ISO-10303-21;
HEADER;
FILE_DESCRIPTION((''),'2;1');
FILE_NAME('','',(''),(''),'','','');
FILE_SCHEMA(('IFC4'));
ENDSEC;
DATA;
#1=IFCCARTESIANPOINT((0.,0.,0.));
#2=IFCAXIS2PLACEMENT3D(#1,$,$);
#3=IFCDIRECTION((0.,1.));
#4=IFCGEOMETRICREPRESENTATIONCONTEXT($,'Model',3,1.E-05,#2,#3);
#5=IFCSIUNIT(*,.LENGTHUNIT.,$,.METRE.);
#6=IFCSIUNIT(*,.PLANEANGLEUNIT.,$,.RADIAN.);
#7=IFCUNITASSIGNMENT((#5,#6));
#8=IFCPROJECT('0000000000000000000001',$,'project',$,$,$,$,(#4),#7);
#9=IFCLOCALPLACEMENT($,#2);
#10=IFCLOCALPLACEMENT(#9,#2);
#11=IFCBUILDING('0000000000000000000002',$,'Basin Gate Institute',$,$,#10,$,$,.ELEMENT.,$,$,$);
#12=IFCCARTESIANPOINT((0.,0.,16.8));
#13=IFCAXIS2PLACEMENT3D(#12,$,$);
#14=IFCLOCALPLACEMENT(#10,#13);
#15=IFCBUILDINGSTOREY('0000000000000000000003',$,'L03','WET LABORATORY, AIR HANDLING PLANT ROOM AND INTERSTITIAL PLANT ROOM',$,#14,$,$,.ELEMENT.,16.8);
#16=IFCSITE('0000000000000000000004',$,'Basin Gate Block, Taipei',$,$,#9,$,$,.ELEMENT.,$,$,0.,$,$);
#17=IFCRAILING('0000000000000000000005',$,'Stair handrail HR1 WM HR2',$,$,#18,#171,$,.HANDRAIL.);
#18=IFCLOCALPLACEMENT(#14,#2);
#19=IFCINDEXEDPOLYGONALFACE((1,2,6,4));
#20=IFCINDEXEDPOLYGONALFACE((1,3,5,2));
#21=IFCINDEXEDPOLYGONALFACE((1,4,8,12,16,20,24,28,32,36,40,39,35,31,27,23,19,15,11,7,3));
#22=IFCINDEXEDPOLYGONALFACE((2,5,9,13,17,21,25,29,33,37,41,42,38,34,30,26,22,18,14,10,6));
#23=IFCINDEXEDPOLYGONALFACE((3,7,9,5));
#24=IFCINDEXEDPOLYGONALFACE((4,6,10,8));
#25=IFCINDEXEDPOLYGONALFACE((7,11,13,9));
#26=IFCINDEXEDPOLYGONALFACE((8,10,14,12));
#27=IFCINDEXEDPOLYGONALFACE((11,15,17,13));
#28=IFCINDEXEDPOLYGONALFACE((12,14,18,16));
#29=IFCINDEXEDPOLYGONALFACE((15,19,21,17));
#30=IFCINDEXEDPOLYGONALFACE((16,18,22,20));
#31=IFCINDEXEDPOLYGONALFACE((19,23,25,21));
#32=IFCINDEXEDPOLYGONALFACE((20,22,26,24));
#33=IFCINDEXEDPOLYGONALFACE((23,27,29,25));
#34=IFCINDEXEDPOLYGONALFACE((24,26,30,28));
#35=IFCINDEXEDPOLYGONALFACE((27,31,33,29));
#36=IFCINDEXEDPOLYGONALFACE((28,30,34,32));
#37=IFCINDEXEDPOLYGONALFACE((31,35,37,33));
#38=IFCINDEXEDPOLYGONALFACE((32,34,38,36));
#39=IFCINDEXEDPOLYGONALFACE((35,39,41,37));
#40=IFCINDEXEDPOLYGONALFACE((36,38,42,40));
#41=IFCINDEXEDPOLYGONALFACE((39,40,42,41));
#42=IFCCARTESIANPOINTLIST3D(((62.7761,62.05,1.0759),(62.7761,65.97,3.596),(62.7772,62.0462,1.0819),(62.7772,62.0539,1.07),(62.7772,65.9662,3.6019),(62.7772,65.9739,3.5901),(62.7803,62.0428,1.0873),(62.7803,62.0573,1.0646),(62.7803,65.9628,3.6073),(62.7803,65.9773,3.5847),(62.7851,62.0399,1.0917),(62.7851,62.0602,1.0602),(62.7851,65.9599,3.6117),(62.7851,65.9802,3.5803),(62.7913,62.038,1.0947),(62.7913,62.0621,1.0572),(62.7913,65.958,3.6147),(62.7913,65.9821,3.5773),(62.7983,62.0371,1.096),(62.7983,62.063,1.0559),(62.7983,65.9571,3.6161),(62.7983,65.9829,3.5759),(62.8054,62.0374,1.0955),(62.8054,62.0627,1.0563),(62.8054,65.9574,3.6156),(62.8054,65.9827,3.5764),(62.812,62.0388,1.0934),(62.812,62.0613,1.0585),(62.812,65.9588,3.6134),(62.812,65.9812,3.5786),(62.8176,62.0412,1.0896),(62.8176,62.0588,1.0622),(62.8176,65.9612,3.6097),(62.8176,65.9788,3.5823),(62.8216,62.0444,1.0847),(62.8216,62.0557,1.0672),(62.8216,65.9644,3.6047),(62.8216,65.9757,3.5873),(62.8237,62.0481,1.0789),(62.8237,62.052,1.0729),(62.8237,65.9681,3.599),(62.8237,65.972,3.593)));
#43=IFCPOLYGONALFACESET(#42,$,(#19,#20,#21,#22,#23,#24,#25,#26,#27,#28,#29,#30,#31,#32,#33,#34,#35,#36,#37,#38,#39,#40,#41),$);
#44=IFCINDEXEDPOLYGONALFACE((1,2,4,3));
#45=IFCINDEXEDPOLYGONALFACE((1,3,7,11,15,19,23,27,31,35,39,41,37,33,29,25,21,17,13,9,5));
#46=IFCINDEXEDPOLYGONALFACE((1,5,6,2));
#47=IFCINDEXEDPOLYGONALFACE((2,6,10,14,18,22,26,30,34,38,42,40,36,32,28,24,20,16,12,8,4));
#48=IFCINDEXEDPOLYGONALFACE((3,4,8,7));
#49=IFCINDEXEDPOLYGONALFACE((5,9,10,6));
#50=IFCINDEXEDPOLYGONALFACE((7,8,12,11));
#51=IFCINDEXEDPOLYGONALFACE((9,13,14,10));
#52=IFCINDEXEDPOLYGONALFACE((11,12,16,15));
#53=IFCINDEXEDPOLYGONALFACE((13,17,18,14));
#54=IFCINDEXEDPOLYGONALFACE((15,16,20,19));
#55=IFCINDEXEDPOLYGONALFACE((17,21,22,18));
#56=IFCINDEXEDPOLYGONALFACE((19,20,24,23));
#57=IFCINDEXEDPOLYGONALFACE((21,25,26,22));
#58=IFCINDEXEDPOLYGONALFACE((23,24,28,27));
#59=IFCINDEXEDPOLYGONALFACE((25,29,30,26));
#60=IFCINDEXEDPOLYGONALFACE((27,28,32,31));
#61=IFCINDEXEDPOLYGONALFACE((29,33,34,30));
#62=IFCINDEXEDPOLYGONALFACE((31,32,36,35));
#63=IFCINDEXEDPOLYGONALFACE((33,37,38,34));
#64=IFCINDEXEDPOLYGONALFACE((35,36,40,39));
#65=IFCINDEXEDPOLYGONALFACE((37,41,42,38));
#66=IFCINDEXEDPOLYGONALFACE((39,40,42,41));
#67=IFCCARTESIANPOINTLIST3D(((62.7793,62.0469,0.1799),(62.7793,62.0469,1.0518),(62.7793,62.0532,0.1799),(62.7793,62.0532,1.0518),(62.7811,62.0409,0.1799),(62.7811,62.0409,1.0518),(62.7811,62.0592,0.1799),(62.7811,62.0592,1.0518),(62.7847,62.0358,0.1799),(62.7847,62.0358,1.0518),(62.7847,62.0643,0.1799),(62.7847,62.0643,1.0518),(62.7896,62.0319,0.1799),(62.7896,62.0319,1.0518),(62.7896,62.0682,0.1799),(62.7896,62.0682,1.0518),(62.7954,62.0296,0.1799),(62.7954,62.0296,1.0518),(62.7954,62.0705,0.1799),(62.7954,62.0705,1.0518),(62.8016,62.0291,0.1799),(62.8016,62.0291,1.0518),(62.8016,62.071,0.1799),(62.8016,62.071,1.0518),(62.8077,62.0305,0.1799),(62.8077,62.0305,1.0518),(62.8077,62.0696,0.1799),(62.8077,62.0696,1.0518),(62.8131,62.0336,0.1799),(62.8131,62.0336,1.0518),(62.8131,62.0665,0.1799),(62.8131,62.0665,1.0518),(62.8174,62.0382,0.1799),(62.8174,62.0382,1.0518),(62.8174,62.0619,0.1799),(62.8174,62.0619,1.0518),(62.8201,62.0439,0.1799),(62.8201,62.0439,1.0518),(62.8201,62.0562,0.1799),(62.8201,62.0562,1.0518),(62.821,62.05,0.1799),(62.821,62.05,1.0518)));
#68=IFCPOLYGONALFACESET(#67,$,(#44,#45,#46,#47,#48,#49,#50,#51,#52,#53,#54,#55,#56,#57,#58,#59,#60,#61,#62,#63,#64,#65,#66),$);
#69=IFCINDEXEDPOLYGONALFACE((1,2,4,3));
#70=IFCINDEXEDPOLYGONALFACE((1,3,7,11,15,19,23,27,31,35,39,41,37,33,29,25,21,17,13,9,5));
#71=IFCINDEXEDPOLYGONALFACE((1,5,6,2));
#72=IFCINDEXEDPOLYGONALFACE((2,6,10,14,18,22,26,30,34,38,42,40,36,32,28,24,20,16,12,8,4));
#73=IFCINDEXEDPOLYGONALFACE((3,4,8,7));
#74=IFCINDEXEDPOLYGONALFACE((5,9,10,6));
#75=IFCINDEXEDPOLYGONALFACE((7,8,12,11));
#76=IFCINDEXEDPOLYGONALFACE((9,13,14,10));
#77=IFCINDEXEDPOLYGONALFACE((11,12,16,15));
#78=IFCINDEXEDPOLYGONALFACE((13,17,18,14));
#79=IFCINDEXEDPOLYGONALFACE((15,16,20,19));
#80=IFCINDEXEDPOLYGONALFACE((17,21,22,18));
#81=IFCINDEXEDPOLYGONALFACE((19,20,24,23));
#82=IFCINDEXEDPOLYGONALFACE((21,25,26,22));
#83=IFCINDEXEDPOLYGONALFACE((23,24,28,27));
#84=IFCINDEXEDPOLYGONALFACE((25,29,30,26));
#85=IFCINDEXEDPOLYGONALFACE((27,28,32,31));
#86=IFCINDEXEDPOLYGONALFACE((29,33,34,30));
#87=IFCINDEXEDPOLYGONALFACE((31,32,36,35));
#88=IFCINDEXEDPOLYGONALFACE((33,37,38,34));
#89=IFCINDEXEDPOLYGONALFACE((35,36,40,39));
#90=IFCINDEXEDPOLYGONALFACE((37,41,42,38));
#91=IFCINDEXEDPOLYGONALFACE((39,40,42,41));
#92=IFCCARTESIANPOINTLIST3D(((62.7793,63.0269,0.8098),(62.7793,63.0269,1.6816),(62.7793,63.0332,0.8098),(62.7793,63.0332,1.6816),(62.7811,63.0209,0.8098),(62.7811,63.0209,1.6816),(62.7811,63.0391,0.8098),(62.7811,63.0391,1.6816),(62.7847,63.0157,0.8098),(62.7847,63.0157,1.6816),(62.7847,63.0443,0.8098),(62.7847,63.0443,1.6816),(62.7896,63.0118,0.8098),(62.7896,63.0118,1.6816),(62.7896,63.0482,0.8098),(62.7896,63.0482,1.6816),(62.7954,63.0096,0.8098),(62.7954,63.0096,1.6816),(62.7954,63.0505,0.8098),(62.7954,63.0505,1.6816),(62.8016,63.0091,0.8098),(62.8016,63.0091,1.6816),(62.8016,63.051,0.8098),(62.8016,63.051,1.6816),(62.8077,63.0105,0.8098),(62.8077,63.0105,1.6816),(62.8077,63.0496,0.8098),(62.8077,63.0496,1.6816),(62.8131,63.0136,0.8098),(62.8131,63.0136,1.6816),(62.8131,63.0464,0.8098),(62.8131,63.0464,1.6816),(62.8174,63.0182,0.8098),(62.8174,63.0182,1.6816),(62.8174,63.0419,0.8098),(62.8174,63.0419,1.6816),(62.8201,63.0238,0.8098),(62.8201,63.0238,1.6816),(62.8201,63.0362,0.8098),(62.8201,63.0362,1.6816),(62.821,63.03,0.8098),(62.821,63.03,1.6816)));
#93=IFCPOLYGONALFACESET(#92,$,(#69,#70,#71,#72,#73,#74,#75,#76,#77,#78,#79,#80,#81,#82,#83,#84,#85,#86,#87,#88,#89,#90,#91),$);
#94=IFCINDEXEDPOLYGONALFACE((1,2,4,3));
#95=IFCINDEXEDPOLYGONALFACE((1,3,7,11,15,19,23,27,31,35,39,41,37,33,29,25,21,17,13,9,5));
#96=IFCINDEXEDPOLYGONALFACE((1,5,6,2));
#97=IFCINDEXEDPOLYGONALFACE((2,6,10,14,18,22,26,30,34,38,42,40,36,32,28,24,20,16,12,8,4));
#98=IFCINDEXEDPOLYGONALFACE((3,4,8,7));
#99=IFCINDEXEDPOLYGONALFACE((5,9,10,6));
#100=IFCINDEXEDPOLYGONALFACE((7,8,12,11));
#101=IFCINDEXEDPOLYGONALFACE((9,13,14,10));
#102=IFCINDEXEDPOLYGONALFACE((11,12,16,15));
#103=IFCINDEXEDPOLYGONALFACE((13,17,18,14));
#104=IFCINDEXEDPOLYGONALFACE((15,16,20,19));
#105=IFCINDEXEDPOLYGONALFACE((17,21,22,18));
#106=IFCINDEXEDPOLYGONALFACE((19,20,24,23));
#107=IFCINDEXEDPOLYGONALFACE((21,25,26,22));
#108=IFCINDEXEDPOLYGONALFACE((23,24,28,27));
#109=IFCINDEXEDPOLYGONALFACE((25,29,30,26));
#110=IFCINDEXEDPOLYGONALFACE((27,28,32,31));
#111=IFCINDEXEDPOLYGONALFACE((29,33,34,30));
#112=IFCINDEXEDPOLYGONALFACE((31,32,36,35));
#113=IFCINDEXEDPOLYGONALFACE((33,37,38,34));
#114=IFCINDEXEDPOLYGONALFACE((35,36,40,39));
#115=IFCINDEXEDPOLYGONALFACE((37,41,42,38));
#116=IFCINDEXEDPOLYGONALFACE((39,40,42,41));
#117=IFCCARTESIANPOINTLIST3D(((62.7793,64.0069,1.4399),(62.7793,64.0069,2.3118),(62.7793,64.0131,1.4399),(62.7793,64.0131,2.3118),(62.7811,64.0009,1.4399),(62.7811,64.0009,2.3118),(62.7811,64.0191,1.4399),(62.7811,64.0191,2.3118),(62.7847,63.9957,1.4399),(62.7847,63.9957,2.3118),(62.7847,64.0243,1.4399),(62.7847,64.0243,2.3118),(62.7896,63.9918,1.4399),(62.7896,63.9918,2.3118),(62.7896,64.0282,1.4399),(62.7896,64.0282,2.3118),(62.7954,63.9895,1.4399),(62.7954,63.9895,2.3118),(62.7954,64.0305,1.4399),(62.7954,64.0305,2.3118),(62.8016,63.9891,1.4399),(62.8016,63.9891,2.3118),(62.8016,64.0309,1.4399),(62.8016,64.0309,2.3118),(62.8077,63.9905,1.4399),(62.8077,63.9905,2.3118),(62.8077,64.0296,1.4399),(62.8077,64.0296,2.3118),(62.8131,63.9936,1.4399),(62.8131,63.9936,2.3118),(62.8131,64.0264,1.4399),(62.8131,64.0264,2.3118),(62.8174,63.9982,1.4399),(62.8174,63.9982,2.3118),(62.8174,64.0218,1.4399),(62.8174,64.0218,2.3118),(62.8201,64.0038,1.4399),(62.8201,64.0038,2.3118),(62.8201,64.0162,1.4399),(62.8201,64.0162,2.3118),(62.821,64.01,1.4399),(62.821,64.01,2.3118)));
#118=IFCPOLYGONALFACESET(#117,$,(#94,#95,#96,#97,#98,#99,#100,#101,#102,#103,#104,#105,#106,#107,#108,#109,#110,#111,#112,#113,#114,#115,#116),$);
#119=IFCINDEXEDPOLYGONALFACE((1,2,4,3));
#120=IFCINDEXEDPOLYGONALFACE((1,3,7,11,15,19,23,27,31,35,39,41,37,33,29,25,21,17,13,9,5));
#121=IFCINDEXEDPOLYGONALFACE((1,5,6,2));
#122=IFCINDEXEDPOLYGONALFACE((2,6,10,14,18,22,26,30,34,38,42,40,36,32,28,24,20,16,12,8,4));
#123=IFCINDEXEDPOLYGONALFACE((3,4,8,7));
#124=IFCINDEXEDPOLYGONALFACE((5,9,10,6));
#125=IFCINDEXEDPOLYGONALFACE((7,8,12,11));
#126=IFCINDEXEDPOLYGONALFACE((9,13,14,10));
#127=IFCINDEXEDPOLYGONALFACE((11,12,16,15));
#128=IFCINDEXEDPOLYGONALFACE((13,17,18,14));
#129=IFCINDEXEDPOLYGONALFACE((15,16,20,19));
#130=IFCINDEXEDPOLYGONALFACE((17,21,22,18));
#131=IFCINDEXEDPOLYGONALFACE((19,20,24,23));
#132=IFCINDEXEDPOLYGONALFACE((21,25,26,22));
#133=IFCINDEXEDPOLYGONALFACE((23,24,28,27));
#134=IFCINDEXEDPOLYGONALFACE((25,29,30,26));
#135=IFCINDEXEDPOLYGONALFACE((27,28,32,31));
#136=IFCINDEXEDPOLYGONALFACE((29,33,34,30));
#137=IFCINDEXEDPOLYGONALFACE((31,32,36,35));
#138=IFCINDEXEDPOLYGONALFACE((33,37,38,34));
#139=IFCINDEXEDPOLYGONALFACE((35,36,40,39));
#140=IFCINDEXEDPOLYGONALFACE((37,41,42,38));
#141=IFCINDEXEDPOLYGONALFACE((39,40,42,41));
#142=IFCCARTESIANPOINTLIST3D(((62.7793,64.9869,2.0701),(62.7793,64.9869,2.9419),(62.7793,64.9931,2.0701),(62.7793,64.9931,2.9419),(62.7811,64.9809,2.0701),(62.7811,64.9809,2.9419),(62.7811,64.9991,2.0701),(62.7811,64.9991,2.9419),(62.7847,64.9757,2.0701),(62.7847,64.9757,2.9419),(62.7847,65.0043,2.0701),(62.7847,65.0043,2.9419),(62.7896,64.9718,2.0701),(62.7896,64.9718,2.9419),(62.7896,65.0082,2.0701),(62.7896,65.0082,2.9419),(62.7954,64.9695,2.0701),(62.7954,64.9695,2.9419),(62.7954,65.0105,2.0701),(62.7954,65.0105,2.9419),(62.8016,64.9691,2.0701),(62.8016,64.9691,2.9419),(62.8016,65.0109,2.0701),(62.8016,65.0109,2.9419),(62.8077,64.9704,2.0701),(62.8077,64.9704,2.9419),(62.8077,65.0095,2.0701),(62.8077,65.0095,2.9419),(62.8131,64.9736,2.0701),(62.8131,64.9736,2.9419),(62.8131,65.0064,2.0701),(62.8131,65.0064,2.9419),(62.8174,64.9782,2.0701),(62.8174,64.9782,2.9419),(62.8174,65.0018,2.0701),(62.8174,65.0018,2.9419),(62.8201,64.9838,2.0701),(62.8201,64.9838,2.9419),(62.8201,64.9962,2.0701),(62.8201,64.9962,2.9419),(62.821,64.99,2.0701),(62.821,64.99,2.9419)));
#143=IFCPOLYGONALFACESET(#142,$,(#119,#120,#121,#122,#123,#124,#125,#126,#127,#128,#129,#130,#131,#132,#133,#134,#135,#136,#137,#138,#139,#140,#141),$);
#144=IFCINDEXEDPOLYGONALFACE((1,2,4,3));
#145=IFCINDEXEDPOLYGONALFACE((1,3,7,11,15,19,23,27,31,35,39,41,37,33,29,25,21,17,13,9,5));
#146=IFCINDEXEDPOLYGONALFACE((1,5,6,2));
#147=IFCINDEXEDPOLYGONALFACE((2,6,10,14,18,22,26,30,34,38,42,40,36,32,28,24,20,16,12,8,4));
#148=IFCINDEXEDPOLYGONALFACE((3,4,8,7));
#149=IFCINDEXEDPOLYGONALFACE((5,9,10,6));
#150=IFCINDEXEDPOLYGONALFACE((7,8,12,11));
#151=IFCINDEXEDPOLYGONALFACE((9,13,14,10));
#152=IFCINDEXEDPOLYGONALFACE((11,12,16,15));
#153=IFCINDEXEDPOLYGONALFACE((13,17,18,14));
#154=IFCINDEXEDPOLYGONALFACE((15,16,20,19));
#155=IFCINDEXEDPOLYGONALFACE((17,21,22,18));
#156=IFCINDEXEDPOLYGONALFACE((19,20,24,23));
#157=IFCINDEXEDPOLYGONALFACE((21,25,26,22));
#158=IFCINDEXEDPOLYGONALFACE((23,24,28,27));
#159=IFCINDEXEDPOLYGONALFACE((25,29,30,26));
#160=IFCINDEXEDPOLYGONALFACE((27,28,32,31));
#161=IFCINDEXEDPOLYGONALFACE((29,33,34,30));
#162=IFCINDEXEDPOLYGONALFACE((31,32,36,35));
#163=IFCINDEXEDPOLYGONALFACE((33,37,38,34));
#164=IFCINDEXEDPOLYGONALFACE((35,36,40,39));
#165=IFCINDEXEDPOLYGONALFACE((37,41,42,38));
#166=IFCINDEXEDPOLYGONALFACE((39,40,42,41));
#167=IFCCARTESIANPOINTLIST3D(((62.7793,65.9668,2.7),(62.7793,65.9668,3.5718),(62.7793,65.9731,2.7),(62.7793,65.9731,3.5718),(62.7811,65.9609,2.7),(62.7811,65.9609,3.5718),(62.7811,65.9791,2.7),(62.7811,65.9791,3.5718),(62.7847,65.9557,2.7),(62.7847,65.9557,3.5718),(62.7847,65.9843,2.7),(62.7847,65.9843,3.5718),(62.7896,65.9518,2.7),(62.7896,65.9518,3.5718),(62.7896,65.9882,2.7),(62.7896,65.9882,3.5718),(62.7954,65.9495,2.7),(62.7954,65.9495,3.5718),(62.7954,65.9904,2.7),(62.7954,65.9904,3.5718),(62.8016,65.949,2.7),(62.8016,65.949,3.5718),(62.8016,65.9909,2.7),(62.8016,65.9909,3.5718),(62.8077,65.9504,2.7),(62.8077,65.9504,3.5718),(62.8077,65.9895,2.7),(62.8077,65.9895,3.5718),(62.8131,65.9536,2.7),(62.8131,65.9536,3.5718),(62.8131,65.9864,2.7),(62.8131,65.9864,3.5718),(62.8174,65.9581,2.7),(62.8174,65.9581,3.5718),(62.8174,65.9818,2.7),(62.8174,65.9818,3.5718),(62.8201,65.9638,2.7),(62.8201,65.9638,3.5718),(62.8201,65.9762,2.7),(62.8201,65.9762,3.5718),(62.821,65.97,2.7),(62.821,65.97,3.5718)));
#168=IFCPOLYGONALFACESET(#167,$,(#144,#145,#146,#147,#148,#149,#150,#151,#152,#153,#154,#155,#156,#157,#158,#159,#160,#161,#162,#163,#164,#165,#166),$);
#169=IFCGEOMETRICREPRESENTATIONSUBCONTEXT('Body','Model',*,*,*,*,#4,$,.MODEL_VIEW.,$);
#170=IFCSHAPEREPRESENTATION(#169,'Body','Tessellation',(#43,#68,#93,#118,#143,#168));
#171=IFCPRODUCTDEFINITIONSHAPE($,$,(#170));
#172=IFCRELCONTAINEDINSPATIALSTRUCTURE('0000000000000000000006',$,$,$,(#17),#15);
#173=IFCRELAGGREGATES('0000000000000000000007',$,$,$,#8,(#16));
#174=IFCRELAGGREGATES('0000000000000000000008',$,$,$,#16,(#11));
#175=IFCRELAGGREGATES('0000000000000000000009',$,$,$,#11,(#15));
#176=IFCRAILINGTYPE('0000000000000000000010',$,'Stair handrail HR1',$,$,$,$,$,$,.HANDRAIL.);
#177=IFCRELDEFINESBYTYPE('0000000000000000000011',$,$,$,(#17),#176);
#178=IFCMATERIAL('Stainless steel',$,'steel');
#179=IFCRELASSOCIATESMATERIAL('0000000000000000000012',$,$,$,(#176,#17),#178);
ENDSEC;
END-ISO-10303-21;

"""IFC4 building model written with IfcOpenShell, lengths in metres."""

from ifc_helpers import new_model, si_unit, direction, frame, origin, origin_2d, place, context, subcontext, project, spatial, circle, extrude, material, type_object, element, save


model = new_model("IFC4")

# Units and contexts
model_context = context("Model", 3, precision=1e-05, world=origin(), true_north=direction((0.0, 1.0)))
body_context = subcontext(model_context, "Body", "Model", "MODEL_VIEW")
ifc_project = project(units=[si_unit("LENGTHUNIT", "METRE"), si_unit("PLANEANGLEUNIT", "RADIAN")], contexts=[model_context])

# Site, building, storey
site_placement = place(None, origin())
site = spatial("IfcSite", under=ifc_project, at=site_placement, Name="Basin Gate Block, Taipei", CompositionType="ELEMENT", RefElevation=0.0)
building_placement = place(site_placement, origin())
building = spatial("IfcBuilding", under=site, at=building_placement, Name="Basin Gate Institute", CompositionType="ELEMENT")
storey_placement = place(building_placement, frame((0.0, 0.0, 16.8)))
storey = spatial("IfcBuildingStorey", under=building, at=storey_placement, Name="L03", Description="WET LABORATORY, AIR HANDLING PLANT ROOM AND INTERSTITIAL PLANT ROOM", CompositionType="ELEMENT", Elevation=16.8)

# Railing
ifc_material_1 = material(Name="Stainless steel", Category="steel")
railing_type_1 = type_object("IfcRailingType", Name="Stair handrail HR1", PredefinedType="HANDRAIL", material=ifc_material_1)
for number, where, name in (
    (1, (62.8, 62.05, 0.1799), "Stair handrail HR1 WM HR2"),
):
    element("IfcRailing", number, at=place(storey_placement, frame(where)), inside=storey, type_object=railing_type_1, material=ifc_material_1, Name=name, PredefinedType="HANDRAIL", context=body_context, shape_type="SweptSolid", body=[
        extrude(circle(Radius=0.0239, at=origin_2d()), frame((0.0, 0.0, 0.896), z_axis=(0.0, 0.841172, 0.540768), x_axis=(-1.0, 0.0, 0.0)), (0.0, 0.0, 1.0), 4.6602),
        extrude(circle(Radius=0.021, at=origin_2d()), origin(), (0.0, 0.0, 1.0), 0.8718),
        extrude(circle(Radius=0.021, at=origin_2d()), frame((0.0, 0.98, 0.6299)), (0.0, 0.0, 1.0), 0.8718),
        extrude(circle(Radius=0.021, at=origin_2d()), frame((0.0, 1.96, 1.26)), (0.0, 0.0, 1.0), 0.8718),
        extrude(circle(Radius=0.021, at=origin_2d()), frame((0.0, 2.9399, 1.8901)), (0.0, 0.0, 1.0), 0.8718),
        extrude(circle(Radius=0.021, at=origin_2d()), frame((0.0, 3.9199, 2.52)), (0.0, 0.0, 1.0), 0.8718),
    ])

save(model, "model.ifc")
